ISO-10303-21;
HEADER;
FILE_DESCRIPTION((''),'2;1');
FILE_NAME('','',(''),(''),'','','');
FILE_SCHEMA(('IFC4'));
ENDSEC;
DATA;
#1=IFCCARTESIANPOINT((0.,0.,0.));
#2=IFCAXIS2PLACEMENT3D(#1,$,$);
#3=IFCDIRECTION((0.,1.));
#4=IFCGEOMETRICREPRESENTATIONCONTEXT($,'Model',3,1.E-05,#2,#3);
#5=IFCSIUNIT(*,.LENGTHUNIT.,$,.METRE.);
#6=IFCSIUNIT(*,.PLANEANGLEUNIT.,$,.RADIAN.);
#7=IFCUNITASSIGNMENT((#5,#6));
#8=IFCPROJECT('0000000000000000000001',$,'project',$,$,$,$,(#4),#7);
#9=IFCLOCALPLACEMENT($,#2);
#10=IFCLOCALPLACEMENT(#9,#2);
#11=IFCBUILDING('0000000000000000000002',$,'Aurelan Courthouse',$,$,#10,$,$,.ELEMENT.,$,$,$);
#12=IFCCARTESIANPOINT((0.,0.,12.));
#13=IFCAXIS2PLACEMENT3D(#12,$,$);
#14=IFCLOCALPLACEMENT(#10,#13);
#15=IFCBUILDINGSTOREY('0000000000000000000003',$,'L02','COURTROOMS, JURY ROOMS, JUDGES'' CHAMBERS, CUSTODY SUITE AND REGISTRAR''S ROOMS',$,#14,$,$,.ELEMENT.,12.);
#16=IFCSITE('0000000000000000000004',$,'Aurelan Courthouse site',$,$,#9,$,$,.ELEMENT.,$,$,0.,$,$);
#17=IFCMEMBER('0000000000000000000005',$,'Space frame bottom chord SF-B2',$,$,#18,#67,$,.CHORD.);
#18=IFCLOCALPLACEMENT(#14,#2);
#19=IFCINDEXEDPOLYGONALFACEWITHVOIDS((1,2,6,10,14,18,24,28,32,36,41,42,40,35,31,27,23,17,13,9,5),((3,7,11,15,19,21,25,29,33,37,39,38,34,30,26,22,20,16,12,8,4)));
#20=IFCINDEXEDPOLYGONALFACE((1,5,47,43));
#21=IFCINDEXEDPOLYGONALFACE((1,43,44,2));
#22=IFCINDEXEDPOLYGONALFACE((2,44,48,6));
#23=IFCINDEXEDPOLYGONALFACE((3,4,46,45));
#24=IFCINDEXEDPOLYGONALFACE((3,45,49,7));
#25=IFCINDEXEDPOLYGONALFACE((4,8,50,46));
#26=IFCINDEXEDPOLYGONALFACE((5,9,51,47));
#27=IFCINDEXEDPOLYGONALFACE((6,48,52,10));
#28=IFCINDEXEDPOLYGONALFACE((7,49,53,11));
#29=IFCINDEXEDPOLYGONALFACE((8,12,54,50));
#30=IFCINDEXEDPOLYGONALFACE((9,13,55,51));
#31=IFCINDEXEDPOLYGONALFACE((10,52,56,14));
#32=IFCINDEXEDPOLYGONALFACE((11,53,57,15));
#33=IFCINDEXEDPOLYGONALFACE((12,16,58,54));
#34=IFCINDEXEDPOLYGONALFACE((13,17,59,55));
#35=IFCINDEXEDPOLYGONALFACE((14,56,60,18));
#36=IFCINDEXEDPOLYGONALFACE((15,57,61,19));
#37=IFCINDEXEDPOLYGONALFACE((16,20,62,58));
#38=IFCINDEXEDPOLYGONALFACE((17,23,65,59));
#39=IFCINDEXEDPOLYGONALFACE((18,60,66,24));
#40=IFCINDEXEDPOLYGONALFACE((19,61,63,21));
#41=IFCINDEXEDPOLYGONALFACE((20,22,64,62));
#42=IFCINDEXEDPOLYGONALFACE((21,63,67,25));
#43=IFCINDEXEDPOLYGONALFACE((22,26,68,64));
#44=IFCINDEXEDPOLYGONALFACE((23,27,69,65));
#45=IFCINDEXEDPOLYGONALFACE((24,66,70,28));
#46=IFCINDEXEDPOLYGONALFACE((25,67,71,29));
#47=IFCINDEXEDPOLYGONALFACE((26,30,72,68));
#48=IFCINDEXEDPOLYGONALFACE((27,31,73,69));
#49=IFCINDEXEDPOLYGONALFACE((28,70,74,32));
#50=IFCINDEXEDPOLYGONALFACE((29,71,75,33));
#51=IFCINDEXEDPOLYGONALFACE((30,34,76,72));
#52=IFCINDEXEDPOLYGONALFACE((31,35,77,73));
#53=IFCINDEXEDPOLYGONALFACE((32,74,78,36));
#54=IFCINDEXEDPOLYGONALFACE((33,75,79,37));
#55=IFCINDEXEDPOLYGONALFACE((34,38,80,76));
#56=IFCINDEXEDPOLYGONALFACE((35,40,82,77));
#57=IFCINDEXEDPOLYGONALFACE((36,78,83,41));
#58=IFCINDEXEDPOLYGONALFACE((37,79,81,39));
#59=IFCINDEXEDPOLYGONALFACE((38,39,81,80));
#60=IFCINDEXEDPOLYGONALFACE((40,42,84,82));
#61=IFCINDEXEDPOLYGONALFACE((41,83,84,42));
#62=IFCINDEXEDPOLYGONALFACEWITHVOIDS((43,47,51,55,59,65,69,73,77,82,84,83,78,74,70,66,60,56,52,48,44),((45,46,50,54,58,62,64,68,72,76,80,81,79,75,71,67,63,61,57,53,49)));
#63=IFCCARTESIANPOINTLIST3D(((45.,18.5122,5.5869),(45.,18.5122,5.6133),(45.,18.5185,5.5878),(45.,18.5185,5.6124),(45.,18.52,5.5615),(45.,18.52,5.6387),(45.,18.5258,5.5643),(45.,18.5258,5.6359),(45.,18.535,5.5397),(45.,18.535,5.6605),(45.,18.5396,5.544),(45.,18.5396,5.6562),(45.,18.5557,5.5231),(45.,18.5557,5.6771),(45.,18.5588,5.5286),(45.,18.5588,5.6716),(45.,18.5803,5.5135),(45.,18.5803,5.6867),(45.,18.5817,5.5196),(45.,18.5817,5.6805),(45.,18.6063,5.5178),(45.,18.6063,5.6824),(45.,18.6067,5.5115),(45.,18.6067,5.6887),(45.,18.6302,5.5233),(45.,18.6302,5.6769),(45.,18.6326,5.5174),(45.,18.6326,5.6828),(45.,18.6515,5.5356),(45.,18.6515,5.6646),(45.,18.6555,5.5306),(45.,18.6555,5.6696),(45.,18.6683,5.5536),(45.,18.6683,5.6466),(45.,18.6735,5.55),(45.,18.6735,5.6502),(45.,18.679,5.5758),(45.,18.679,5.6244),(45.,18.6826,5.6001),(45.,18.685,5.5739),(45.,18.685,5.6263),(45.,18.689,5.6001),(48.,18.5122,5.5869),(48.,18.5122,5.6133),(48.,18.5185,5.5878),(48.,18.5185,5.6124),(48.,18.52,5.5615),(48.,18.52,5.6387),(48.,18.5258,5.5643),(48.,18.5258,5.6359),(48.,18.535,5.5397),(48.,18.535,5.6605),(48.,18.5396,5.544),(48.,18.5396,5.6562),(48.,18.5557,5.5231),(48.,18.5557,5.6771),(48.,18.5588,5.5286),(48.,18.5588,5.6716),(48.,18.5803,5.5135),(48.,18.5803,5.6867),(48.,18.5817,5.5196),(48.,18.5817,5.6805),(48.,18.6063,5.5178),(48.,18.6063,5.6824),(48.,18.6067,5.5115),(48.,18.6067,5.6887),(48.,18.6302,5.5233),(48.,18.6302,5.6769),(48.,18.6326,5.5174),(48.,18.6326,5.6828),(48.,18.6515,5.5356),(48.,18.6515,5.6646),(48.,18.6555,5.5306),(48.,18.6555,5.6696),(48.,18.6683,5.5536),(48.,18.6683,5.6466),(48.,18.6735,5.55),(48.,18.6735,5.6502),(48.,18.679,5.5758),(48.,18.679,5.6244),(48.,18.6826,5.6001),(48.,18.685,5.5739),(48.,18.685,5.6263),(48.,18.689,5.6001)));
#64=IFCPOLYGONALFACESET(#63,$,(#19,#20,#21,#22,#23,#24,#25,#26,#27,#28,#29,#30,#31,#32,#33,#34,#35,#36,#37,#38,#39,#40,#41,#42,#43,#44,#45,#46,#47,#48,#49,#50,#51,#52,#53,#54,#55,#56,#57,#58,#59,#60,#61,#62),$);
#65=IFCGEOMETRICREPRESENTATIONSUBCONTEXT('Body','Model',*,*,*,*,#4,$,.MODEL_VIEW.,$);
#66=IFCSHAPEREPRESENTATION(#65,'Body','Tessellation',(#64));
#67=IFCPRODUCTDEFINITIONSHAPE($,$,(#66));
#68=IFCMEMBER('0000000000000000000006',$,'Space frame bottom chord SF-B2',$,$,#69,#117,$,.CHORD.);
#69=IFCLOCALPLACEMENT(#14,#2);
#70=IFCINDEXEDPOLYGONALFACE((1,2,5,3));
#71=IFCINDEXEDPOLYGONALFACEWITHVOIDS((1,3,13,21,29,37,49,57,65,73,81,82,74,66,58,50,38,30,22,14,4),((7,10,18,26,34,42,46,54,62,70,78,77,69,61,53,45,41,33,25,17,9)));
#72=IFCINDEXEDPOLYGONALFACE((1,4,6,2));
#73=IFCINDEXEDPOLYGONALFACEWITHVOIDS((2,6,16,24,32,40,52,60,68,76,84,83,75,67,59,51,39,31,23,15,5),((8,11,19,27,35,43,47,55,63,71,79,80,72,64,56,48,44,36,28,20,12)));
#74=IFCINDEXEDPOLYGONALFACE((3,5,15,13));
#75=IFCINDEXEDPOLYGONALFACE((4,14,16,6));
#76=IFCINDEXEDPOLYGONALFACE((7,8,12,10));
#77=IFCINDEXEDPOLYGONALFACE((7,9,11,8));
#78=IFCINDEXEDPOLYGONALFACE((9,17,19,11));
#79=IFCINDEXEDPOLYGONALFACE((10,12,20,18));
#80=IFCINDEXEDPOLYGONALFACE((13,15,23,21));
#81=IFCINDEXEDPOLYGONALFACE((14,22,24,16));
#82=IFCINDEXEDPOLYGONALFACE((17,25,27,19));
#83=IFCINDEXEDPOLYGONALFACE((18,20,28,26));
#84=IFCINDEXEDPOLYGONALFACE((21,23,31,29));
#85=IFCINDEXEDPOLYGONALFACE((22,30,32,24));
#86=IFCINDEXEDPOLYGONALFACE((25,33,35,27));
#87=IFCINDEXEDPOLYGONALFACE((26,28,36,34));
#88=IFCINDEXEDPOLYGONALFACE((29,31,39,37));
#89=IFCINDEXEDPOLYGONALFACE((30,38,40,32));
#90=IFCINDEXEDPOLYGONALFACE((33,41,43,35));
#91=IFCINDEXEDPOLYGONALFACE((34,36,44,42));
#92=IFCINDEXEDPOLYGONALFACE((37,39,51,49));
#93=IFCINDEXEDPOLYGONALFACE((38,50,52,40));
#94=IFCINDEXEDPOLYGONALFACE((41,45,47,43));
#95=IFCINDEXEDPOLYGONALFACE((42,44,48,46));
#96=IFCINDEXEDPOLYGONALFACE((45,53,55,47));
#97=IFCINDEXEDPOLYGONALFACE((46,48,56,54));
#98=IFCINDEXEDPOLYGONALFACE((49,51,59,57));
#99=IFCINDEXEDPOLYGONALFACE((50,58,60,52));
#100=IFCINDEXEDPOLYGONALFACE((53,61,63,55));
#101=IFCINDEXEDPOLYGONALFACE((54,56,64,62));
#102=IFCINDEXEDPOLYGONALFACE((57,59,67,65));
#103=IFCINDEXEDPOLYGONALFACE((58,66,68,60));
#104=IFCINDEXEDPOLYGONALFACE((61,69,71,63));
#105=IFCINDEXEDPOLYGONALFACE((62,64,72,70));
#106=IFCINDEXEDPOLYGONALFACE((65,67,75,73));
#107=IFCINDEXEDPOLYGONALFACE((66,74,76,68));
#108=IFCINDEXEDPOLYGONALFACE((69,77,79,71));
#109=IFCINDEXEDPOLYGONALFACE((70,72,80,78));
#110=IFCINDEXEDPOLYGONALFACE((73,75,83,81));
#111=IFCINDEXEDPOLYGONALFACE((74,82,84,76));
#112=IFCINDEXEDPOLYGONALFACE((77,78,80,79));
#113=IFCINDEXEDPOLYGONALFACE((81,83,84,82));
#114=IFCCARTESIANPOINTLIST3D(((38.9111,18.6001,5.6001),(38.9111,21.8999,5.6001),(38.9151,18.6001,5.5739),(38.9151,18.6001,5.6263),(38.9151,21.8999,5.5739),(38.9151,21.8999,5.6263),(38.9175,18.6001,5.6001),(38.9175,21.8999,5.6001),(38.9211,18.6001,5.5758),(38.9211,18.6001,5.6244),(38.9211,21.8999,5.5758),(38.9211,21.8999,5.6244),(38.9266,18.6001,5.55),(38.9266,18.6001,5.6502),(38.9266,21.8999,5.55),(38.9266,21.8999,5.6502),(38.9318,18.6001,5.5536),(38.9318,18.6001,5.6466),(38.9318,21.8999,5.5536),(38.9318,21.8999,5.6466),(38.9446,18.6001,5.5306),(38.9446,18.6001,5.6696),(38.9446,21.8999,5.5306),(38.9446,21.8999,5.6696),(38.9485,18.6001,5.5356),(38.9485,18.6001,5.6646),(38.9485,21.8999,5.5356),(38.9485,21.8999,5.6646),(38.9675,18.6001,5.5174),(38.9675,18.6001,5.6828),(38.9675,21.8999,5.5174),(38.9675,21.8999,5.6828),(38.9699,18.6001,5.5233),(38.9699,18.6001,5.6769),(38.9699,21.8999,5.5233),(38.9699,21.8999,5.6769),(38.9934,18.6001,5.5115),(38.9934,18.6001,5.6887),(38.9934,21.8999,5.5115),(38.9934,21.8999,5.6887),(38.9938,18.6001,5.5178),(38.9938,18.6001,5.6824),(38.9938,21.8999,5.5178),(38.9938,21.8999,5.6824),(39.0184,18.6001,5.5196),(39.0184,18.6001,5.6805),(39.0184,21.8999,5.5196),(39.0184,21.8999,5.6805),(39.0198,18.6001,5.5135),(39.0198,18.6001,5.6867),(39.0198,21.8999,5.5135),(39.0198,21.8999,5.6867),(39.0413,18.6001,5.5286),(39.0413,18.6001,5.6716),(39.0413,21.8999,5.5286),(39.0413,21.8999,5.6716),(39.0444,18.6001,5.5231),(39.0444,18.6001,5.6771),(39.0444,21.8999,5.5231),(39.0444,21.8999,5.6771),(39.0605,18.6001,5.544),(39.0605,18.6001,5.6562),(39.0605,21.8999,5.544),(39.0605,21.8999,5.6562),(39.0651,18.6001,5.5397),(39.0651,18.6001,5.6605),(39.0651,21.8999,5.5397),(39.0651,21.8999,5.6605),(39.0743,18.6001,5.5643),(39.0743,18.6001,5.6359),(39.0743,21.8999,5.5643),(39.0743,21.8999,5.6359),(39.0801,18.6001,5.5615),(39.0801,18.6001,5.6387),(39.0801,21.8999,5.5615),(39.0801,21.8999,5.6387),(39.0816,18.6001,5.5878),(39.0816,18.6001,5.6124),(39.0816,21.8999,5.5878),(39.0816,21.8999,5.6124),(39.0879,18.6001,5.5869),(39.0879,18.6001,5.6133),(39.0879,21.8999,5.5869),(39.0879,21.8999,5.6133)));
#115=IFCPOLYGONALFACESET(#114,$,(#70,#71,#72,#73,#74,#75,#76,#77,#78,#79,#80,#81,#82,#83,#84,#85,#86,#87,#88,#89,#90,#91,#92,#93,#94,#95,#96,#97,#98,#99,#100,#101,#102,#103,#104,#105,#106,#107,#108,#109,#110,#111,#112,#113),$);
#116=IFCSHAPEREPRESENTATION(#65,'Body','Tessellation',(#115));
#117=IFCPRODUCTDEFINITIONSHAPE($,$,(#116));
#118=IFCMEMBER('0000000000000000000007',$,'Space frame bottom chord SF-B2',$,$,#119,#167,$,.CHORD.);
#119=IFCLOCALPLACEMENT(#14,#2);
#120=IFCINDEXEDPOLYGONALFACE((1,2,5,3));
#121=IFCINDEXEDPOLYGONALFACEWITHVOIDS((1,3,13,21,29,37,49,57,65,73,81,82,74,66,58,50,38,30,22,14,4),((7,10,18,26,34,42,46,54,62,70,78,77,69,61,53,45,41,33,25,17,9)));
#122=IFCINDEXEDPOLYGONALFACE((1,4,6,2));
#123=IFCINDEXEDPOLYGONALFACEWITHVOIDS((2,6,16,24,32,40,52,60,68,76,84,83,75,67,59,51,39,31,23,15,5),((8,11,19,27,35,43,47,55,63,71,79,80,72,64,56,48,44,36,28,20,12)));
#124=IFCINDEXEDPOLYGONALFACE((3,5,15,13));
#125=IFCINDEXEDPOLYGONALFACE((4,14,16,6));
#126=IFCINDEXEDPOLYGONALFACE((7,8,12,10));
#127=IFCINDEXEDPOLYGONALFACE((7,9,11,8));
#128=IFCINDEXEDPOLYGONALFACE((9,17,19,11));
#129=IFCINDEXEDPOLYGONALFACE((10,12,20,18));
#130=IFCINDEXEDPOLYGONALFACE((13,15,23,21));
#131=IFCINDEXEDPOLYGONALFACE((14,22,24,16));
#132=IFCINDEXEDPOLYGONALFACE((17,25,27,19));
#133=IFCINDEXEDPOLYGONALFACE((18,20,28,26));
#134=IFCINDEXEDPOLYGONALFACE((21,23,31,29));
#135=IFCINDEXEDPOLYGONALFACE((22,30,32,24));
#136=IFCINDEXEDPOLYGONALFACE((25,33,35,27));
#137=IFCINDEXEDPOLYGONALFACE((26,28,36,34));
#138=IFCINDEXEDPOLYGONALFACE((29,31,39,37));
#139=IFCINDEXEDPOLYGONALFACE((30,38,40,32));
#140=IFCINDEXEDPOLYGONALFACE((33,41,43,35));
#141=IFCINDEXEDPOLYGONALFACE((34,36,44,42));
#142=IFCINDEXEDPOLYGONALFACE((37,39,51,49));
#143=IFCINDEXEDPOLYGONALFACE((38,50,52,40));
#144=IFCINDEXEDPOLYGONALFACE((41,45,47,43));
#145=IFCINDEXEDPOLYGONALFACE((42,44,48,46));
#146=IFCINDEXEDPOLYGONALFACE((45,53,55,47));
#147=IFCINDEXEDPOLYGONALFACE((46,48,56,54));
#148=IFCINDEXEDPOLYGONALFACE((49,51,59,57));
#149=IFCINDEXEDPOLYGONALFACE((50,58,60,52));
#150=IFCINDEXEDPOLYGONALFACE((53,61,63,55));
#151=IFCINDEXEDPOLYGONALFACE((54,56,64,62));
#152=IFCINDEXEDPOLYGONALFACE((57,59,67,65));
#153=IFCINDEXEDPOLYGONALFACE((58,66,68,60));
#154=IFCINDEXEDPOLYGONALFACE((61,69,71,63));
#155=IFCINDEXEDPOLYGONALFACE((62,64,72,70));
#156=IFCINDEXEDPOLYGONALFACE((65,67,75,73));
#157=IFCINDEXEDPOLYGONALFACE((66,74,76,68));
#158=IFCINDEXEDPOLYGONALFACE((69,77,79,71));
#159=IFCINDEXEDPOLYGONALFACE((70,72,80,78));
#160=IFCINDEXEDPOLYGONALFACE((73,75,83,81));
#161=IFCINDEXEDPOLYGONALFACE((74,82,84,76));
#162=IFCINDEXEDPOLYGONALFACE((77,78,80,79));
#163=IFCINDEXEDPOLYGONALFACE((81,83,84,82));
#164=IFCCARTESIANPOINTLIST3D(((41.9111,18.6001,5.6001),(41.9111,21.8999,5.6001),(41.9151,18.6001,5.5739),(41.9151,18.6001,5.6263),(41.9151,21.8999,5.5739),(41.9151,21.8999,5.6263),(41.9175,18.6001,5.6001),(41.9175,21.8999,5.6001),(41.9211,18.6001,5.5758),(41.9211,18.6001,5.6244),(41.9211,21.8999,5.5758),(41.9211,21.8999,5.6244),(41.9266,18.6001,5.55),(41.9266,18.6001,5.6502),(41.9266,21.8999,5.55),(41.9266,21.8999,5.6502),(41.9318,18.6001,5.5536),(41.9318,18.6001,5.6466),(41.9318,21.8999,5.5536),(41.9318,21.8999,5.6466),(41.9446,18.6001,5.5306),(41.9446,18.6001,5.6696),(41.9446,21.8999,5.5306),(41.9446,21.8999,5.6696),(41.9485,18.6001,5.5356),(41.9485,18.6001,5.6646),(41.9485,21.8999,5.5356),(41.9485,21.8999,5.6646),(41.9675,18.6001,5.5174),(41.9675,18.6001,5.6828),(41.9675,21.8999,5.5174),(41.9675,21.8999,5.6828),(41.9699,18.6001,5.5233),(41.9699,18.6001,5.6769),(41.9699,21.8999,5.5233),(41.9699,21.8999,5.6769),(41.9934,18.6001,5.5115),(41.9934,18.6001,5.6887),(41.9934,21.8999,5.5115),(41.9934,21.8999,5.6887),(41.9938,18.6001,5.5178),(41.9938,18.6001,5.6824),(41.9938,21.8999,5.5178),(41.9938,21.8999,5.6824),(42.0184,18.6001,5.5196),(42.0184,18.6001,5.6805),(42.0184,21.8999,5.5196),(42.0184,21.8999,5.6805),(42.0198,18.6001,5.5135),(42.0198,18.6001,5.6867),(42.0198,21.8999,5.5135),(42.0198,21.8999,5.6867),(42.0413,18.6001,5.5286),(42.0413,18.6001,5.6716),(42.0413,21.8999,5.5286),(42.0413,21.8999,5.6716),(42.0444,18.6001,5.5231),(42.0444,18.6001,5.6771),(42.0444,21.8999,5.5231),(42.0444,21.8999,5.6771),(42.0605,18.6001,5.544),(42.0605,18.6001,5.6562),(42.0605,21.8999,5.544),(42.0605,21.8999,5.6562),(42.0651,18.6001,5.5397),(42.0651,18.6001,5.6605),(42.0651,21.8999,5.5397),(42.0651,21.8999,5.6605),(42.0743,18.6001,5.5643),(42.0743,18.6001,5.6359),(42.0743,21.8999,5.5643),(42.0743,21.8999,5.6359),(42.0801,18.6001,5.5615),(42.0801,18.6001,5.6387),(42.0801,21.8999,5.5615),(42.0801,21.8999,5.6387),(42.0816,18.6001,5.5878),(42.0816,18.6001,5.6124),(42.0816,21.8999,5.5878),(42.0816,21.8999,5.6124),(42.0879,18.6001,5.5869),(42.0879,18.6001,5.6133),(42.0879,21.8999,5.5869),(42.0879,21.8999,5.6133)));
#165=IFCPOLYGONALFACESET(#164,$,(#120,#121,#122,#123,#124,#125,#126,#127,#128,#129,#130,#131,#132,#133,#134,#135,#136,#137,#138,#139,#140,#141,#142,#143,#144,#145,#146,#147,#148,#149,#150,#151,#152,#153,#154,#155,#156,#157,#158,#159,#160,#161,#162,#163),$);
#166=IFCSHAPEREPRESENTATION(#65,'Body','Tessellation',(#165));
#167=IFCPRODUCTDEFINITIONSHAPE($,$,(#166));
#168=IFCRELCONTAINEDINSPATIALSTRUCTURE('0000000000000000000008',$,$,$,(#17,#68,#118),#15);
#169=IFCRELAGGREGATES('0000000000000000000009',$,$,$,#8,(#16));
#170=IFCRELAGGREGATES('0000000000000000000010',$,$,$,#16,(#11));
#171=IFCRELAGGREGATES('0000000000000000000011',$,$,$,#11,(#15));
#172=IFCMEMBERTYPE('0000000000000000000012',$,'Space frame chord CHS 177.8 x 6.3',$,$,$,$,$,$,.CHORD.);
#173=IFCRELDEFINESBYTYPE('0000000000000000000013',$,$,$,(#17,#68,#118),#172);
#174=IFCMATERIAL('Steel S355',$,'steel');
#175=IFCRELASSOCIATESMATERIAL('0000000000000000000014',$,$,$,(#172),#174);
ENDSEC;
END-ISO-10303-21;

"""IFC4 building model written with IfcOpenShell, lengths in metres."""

from ifc_helpers import new_model, si_unit, direction, frame, origin, origin_2d, place, context, subcontext, project, spatial, hollow_circle, extrude, material, material_profile, profile_set, type_object, element, save


model = new_model("IFC4")

# Units and contexts
model_context = context("Model", 3, precision=1e-05, world=origin(), true_north=direction((0.0, 1.0)))
body_context = subcontext(model_context, "Body", "Model", "MODEL_VIEW")
ifc_project = project(units=[si_unit("LENGTHUNIT", "METRE"), si_unit("PLANEANGLEUNIT", "RADIAN")], contexts=[model_context])

# Site, building, storey
site_placement = place(None, origin())
site = spatial("IfcSite", under=ifc_project, at=site_placement, Name="Aurelan Courthouse site", CompositionType="ELEMENT", RefElevation=0.0)
building_placement = place(site_placement, origin())
building = spatial("IfcBuilding", under=site, at=building_placement, Name="Aurelan Courthouse", CompositionType="ELEMENT")
storey_placement = place(building_placement, frame((0.0, 0.0, 12.0)))
storey = spatial("IfcBuildingStorey", under=building, at=storey_placement, Name="L02", Description="COURTROOMS, JURY ROOMS, JUDGES' CHAMBERS, CUSTODY SUITE AND REGISTRAR'S ROOMS", CompositionType="ELEMENT", Elevation=12.0)

# Shared definitions
ifc_material_1 = material(Name="Steel S355", Category="steel")

# Members
ifc_material_profile_1 = material_profile(ifc_material_1, hollow_circle(Radius=0.0889, WallThickness=0.0063, at=origin_2d()), Name="CHS 177.8 x 6.3")
ifc_profile_set_1 = profile_set([ifc_material_profile_1], Name="Steel S355")
member_type_1 = type_object("IfcMemberType", Name="Space frame chord CHS 177.8 x 6.3", PredefinedType="CHORD", material=ifc_profile_set_1)
for number, where, z_axis, x_axis, name in (
    (1, (45.0, 18.6001, 5.6001), (1.0, 0.0, 0.0), (0.0, 1.0, 0.0), "Space frame bottom chord SF-B2"),
):
    element("IfcMember", number, at=place(storey_placement, frame(where, z_axis=z_axis, x_axis=x_axis)), inside=storey, type_object=member_type_1, Name=name, PredefinedType="CHORD", context=body_context, shape_type="SweptSolid", body=[
        extrude(hollow_circle(Radius=0.0889, WallThickness=0.0063, at=origin_2d()), origin(), (0.0, 0.0, 1.0), 3.0),
    ])
for number, where, z_axis, x_axis, name in (
    (2, (39.0, 18.6001, 5.6001), (0.0, 1.0, 0.0), (-1.0, 0.0, 0.0), "Space frame bottom chord SF-B2"),
    (3, (42.0, 18.6001, 5.6001), (0.0, 1.0, 0.0), (-1.0, 0.0, 0.0), "Space frame bottom chord SF-B2"),
):
    element("IfcMember", number, at=place(storey_placement, frame(where, z_axis=z_axis, x_axis=x_axis)), inside=storey, type_object=member_type_1, Name=name, PredefinedType="CHORD", context=body_context, shape_type="SweptSolid", body=[
        extrude(hollow_circle(Radius=0.0889, WallThickness=0.0063, at=origin_2d()), origin(), (0.0, 0.0, 1.0), 3.2998),
    ])

save(model, "model.ifc")
